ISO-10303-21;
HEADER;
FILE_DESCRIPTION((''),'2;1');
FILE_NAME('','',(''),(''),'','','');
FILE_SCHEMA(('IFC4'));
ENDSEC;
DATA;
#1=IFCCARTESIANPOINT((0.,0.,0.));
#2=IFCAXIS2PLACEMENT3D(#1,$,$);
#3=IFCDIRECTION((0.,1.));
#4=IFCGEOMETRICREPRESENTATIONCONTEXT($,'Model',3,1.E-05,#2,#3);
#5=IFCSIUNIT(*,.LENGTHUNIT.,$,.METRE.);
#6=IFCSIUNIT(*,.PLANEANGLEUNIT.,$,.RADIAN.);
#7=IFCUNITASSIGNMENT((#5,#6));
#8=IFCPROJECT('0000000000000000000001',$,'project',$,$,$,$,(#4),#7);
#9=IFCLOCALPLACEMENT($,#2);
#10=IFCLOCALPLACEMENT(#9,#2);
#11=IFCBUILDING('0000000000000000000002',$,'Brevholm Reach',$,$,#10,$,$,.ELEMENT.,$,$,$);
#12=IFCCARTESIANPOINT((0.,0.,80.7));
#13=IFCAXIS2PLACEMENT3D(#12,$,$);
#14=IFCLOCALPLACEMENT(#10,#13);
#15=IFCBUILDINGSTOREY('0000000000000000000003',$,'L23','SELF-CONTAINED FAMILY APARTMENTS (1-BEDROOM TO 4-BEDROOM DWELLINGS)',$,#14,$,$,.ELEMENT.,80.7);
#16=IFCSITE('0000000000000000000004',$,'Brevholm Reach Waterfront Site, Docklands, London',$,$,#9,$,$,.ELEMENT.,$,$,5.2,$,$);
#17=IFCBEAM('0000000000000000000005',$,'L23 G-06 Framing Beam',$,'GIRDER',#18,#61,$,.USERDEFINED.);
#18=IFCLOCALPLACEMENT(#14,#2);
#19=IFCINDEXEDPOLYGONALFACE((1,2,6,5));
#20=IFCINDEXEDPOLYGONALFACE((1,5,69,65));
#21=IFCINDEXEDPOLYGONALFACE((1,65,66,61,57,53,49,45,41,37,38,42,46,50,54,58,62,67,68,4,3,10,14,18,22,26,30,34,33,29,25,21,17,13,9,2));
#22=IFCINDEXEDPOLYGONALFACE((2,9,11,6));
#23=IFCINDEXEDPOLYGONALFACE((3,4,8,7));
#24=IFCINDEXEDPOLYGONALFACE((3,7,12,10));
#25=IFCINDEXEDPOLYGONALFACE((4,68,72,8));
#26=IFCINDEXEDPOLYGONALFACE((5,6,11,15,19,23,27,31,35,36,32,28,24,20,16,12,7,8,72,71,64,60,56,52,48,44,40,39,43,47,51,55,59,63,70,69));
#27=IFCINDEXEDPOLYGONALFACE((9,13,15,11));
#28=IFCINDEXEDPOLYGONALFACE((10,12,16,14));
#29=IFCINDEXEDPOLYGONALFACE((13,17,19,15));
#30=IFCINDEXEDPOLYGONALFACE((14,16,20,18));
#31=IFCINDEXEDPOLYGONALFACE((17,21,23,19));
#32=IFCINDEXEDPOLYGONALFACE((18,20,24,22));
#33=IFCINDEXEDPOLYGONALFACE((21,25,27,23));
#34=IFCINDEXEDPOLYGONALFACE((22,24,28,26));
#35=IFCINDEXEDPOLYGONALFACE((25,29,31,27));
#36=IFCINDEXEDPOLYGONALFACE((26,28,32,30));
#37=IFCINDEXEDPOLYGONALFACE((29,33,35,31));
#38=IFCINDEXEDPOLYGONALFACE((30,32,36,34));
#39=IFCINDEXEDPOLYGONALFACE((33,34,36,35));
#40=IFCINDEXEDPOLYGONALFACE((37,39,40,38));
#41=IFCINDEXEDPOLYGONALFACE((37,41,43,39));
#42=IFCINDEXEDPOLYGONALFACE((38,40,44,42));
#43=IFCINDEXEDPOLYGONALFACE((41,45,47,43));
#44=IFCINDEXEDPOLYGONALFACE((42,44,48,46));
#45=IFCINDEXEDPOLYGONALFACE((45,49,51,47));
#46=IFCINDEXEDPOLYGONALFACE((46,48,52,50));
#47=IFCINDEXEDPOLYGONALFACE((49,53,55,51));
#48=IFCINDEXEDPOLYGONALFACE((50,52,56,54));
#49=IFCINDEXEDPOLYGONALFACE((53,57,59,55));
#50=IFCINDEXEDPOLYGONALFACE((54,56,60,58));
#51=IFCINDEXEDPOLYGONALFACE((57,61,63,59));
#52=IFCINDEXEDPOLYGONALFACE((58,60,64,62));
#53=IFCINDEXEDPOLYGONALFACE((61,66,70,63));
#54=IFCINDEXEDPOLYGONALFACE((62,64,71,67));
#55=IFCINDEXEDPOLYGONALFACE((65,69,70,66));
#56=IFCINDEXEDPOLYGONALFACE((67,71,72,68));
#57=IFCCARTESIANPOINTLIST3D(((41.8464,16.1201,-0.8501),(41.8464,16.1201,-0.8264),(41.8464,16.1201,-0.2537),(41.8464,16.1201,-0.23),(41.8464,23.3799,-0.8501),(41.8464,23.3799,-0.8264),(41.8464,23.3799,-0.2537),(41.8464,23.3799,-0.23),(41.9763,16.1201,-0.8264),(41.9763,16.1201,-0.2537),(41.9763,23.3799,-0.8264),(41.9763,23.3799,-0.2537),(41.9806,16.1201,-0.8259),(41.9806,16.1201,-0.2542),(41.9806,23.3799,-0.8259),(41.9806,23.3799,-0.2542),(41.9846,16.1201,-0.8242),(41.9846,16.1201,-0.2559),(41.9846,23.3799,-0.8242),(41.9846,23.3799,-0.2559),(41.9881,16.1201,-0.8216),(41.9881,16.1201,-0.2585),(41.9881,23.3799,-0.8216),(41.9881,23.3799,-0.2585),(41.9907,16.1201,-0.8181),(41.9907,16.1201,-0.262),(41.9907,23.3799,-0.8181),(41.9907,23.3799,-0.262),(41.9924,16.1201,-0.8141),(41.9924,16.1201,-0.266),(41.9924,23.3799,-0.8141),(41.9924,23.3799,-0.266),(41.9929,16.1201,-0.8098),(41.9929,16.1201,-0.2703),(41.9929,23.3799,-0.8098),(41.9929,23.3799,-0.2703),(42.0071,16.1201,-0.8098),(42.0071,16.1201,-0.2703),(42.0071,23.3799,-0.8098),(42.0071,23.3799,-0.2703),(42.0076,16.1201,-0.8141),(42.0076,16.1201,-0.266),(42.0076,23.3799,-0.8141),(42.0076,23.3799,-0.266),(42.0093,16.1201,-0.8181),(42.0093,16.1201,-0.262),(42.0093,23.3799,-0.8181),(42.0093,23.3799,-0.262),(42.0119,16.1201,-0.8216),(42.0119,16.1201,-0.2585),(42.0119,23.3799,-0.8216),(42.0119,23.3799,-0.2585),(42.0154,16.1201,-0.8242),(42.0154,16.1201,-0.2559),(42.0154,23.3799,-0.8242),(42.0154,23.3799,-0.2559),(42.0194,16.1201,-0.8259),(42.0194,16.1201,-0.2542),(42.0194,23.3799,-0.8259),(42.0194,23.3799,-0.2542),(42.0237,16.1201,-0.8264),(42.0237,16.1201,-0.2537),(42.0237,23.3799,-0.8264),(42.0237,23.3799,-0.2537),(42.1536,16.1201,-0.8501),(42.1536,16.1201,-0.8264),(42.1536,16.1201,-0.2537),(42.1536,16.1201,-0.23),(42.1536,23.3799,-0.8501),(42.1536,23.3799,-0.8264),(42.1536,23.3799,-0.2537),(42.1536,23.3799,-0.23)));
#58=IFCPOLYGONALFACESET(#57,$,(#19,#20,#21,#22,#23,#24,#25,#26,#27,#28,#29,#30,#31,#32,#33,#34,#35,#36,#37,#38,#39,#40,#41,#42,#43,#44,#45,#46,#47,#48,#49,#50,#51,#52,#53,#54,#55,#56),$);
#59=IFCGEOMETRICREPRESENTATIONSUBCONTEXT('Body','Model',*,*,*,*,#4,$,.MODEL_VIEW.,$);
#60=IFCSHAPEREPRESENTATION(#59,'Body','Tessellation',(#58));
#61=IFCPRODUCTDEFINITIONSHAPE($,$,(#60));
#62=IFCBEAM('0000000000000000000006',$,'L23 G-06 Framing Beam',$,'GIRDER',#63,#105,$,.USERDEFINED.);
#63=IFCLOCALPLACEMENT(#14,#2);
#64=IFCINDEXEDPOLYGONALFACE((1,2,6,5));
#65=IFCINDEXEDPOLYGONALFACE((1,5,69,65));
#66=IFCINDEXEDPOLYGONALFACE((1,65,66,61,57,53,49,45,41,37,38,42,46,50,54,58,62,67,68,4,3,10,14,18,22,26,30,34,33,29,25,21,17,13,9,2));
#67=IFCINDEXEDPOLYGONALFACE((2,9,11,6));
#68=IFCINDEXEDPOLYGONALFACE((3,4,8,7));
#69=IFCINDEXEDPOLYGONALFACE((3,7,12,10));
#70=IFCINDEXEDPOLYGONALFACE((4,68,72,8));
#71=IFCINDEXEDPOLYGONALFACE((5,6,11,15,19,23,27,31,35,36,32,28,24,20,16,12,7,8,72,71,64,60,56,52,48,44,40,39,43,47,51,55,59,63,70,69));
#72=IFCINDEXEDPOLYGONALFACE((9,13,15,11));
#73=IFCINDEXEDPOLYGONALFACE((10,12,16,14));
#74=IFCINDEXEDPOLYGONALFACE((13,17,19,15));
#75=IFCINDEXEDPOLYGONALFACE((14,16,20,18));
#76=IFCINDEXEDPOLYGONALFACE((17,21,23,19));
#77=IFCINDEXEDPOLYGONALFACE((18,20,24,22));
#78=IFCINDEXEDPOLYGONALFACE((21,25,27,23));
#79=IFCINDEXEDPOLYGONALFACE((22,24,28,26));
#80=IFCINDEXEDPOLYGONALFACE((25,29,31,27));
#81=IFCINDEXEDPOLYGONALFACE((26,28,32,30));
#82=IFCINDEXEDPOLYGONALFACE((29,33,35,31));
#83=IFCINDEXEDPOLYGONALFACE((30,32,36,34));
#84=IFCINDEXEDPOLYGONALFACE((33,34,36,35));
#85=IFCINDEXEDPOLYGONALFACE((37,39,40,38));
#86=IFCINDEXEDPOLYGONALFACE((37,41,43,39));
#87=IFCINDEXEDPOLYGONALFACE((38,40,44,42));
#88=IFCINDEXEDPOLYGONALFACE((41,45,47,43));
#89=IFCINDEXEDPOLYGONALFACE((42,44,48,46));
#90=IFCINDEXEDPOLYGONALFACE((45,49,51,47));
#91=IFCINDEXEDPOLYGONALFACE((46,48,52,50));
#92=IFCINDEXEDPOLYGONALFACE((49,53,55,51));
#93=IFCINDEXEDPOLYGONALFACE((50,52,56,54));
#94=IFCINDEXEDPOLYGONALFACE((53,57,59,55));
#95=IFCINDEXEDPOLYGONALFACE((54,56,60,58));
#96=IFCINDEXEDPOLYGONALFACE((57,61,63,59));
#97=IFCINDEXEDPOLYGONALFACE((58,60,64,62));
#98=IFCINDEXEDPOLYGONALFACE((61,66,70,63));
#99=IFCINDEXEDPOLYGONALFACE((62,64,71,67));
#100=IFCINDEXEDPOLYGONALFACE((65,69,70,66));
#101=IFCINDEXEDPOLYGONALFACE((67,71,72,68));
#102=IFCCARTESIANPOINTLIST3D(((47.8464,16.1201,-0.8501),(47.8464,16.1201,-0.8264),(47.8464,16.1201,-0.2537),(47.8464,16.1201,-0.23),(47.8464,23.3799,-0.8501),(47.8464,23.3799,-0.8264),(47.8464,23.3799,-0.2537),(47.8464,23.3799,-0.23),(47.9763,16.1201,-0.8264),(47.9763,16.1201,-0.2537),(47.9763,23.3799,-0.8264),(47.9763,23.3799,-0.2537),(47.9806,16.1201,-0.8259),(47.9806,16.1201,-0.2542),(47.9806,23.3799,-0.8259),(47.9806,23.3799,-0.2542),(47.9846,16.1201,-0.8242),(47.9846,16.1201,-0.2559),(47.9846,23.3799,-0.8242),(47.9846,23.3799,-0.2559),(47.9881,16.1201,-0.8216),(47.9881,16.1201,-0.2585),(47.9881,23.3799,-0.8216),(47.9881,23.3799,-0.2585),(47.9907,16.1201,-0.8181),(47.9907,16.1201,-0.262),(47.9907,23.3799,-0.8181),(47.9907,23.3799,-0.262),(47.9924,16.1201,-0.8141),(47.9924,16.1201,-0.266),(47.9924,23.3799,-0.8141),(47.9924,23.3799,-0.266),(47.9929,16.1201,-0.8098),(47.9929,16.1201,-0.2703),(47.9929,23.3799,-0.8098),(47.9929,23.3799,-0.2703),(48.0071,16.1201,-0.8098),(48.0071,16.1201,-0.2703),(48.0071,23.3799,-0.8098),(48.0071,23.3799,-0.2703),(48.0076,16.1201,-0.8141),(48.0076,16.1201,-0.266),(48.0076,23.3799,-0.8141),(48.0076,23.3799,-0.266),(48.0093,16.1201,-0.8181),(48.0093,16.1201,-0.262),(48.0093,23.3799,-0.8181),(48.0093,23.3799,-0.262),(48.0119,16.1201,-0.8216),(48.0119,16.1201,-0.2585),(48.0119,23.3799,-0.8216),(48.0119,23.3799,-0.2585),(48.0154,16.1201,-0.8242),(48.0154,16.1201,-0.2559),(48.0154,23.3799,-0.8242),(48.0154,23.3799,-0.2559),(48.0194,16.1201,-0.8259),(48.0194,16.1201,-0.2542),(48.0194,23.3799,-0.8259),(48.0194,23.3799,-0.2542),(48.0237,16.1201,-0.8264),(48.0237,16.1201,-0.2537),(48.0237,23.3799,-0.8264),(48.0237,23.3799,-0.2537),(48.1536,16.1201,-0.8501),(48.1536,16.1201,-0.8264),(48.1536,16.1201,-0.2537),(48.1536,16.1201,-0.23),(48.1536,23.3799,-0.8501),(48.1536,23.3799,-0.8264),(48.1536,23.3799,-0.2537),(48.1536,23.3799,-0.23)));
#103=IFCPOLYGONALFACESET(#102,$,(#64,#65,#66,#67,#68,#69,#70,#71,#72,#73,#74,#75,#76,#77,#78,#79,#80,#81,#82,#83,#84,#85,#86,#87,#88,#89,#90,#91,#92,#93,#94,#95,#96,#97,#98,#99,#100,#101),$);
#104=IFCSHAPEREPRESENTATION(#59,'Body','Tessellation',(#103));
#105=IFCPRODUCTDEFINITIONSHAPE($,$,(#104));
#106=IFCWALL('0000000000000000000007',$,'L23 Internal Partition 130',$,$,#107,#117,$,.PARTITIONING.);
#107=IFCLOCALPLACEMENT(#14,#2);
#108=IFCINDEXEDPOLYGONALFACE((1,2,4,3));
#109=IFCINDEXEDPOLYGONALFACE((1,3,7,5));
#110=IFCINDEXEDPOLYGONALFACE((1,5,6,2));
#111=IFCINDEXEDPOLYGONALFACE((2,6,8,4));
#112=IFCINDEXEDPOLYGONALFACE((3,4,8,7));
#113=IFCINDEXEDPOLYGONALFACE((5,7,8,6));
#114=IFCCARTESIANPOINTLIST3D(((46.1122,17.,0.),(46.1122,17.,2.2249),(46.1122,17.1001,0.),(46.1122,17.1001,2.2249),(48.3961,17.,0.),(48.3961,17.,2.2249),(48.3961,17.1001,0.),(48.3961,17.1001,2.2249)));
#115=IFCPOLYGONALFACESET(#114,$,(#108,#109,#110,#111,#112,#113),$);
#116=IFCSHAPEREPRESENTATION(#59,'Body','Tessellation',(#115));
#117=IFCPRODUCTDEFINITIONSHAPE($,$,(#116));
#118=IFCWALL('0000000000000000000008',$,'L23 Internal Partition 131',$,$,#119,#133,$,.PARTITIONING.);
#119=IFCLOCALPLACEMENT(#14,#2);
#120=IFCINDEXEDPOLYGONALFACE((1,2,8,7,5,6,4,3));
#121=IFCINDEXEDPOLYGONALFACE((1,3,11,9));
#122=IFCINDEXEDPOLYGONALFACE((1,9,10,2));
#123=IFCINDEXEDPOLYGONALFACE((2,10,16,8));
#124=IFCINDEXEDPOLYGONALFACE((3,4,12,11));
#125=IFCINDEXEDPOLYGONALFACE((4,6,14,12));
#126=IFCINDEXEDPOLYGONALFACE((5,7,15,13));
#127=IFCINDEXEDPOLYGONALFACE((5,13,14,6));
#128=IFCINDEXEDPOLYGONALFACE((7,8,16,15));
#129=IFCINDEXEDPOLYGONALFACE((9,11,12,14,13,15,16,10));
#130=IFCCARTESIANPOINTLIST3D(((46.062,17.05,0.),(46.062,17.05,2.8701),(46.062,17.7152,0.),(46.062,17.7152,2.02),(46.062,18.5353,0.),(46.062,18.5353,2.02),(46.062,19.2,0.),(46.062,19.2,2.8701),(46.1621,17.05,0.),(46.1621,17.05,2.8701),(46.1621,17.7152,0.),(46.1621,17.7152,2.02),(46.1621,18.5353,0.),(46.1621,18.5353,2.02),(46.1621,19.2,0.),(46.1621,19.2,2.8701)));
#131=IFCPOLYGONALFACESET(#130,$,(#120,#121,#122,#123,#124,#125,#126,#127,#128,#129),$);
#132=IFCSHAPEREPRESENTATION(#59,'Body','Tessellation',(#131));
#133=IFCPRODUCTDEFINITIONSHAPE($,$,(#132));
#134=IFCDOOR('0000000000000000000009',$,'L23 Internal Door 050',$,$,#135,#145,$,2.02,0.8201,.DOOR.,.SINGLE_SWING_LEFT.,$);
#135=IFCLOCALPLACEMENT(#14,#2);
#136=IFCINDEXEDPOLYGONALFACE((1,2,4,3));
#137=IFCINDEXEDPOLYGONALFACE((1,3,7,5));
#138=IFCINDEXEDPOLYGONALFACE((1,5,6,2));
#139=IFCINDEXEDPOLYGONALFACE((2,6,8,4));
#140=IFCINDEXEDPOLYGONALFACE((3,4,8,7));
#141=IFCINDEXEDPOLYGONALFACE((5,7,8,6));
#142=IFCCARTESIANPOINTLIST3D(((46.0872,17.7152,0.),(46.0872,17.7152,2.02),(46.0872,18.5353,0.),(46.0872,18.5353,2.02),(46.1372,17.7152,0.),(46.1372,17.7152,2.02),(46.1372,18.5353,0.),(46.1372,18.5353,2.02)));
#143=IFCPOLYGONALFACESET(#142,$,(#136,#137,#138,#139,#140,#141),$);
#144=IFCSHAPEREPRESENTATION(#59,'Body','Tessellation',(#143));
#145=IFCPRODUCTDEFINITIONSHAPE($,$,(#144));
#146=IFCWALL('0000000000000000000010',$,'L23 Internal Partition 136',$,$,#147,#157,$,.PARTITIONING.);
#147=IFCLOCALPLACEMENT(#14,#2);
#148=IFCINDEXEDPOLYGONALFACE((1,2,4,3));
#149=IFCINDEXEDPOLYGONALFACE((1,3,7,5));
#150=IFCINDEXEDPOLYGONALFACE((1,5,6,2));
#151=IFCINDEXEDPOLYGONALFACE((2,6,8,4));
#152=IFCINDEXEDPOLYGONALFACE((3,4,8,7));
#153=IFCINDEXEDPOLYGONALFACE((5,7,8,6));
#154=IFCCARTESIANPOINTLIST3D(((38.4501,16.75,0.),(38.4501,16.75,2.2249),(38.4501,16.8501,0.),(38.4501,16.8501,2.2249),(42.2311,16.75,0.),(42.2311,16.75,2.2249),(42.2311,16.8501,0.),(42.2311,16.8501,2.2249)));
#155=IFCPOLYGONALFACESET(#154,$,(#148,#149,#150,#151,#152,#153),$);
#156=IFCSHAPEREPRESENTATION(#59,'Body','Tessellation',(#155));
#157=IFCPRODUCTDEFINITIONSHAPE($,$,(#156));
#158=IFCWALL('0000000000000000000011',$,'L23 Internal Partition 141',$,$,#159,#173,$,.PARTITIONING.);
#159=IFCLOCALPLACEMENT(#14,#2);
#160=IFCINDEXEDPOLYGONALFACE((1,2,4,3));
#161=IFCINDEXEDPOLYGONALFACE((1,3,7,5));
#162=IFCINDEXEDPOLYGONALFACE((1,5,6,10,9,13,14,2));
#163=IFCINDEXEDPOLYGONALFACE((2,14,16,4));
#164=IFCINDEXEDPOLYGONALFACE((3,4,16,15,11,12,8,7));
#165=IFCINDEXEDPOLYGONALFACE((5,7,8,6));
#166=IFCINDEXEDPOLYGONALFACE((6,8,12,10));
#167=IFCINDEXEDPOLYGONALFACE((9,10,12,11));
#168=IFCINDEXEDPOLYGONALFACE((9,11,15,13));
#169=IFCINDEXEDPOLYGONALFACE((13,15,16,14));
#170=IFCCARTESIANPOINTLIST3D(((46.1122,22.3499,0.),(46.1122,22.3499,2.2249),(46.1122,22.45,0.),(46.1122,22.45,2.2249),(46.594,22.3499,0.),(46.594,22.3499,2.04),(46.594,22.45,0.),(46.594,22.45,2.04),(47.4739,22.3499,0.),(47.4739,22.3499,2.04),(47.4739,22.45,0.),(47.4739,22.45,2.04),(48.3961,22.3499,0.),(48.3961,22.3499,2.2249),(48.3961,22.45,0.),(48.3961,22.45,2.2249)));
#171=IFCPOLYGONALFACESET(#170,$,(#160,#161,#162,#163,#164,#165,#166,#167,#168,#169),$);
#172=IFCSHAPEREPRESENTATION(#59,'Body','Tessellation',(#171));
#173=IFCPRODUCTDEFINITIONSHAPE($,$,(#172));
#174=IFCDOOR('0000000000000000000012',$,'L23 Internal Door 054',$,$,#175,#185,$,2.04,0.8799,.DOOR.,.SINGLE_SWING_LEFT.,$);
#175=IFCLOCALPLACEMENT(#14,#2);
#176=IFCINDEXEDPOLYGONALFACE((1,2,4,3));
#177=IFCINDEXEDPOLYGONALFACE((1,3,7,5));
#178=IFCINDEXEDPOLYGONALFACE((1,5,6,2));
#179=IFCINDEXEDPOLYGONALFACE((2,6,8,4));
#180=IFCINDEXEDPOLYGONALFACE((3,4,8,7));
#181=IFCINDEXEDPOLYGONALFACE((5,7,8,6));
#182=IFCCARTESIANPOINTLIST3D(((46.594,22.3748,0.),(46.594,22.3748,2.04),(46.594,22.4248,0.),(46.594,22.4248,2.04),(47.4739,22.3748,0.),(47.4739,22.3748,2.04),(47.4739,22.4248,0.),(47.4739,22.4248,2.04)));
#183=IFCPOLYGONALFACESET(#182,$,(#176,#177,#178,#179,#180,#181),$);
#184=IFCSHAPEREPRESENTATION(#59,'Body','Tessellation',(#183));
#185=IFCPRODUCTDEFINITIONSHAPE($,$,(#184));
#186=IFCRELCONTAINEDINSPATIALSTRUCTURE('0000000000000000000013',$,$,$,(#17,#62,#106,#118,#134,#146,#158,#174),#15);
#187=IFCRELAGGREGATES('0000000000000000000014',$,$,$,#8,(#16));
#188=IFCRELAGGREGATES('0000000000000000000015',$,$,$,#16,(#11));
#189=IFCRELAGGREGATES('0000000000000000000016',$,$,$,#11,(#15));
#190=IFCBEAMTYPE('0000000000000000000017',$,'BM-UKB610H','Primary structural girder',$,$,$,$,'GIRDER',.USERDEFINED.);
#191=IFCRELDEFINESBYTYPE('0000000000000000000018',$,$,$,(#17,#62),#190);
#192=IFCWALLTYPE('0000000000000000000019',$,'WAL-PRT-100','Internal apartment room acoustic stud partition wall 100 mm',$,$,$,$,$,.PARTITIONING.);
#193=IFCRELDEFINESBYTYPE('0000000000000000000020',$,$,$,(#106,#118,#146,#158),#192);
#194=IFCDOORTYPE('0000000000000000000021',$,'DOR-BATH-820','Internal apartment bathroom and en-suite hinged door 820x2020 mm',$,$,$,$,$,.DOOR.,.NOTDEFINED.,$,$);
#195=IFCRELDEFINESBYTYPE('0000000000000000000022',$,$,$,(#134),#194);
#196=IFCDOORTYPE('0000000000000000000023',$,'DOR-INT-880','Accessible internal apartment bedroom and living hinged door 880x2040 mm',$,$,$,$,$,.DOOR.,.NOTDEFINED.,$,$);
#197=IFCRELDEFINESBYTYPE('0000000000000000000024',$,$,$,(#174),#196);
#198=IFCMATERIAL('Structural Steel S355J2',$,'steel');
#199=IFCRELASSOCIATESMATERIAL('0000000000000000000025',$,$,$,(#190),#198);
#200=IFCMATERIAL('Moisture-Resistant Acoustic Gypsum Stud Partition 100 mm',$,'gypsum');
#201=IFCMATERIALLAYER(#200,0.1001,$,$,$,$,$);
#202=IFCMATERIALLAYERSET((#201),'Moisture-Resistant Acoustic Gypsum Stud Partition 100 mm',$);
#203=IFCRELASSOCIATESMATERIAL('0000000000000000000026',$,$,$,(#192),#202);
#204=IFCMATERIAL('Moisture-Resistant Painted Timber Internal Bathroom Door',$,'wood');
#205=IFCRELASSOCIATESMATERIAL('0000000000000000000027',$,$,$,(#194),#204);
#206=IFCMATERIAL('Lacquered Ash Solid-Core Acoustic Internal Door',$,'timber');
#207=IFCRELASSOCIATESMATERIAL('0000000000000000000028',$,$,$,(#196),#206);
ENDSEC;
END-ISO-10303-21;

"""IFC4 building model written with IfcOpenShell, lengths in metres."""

from ifc_helpers import new_model, si_unit, direction, frame, frame_2d, origin, origin_2d, place, context, subcontext, project, spatial, rectangle, i_section, extrude, material, layer, layer_set, material_profile, profile_set, type_object, element, fill, save


model = new_model("IFC4")

# Units and contexts
model_context = context("Model", 3, precision=1e-05, world=origin(), true_north=direction((0.0, 1.0)))
body_context = subcontext(model_context, "Body", "Model", "MODEL_VIEW")
ifc_project = project(units=[si_unit("LENGTHUNIT", "METRE"), si_unit("PLANEANGLEUNIT", "RADIAN")], contexts=[model_context])

# Site, building, storey
site_placement = place(None, origin())
site = spatial("IfcSite", under=ifc_project, at=site_placement, Name="Brevholm Reach Waterfront Site, Docklands, London", CompositionType="ELEMENT", RefElevation=5.2)
building_placement = place(site_placement, origin())
building = spatial("IfcBuilding", under=site, at=building_placement, Name="Brevholm Reach", CompositionType="ELEMENT")
storey_placement = place(building_placement, frame((0.0, 0.0, 80.7)))
storey = spatial("IfcBuildingStorey", under=building, at=storey_placement, Name="L23", Description="SELF-CONTAINED FAMILY APARTMENTS (1-BEDROOM TO 4-BEDROOM DWELLINGS)", CompositionType="ELEMENT", Elevation=80.7)

# Beams
ifc_material_1 = material(Name="Structural Steel S355J2", Category="steel")
ifc_material_profile_1 = material_profile(ifc_material_1, i_section(OverallWidth=0.3071, OverallDepth=0.6201, WebThickness=0.0142, FlangeThickness=0.0237, FilletRadius=0.0166, at=origin_2d()), Name="UKB 610x305x179")
ifc_profile_set_1 = profile_set([ifc_material_profile_1], Name="Structural Steel S355J2")
beam_type_1 = type_object("IfcBeamType", Name="BM-UKB610H", Description="Primary structural girder", ElementType="GIRDER", PredefinedType="USERDEFINED", material=ifc_profile_set_1)
for number, where, z_axis, x_axis, name in (
    (1, (42.0, 16.1201, -0.54), (0.0, 1.0, 0.0), (-1.0, 0.0, 0.0), "L23 G-06 Framing Beam"),
    (2, (48.0, 16.1201, -0.54), (0.0, 1.0, 0.0), (-1.0, 0.0, 0.0), "L23 G-06 Framing Beam"),
):
    element("IfcBeam", number, at=place(storey_placement, frame(where, z_axis=z_axis, x_axis=x_axis)), inside=storey, type_object=beam_type_1, Name=name, ObjectType="GIRDER", PredefinedType="USERDEFINED", context=body_context, shape_type="SweptSolid", body=[
        extrude(i_section(OverallWidth=0.3071, OverallDepth=0.6201, WebThickness=0.0142, FlangeThickness=0.0237, FilletRadius=0.0166, at=origin_2d()), origin(), (0.0, 0.0, 1.0), 7.2598),
    ])

# Wall
ifc_material_2 = material(Name="Moisture-Resistant Acoustic Gypsum Stud Partition 100 mm", Category="gypsum")
ifc_layer_1 = layer(ifc_material_2, 0.1001)
ifc_layer_set_1 = layer_set([ifc_layer_1], Name="Moisture-Resistant Acoustic Gypsum Stud Partition 100 mm")
wall_type_1 = type_object("IfcWallType", Name="WAL-PRT-100", Description="Internal apartment room acoustic stud partition wall 100 mm", PredefinedType="PARTITIONING", material=ifc_layer_set_1)
wall_1_placement = place(storey_placement, frame((46.1121, 17.05, 0.0), z_axis=(0.0, 0.0, 1.0), x_axis=(1.0, 0.0, 0.0)))
element("IfcWall", 3, at=wall_1_placement, inside=storey, type_object=wall_type_1, Name="L23 Internal Partition 130", PredefinedType="PARTITIONING", context=body_context, shape_type="SweptSolid", body=[
    extrude(rectangle(XDim=2.2839, YDim=0.1001, at=frame_2d((1.1421, 0.0))), origin(), (0.0, 0.0, 1.0), 2.2249),
])

# Wall, opening, door
wall_2_placement = place(storey_placement, frame((46.1121, 17.05, 0.0), z_axis=(0.0, 0.0, 1.0), x_axis=(0.0, 1.0, 0.0)))
wall_2 = element("IfcWall", 4, at=wall_2_placement, inside=storey, type_object=wall_type_1, Name="L23 Internal Partition 131", PredefinedType="PARTITIONING", context=body_context, shape_type="SweptSolid", body=[
    extrude(rectangle(XDim=2.1499, YDim=0.1001, at=frame_2d((1.075, 0.0))), origin(), (0.0, 0.0, 1.0), 2.8701),
])
opening_1_placement = place(wall_2_placement, frame((0.665, 0.0, 0.0)))
opening_1 = element("IfcOpeningElement", 5, at=opening_1_placement, cuts=wall_2, PredefinedType="OPENING", context=body_context, shape_type="SweptSolid", body=[
    extrude(rectangle(XDim=0.8201, YDim=2.02, at=frame_2d((0.4102, 1.01))), frame((0.0, 0.0601, 0.0), z_axis=(0.0, -1.0, 0.0), x_axis=(1.0, 0.0, 0.0)), (0.0, 0.0, 1.0), 0.1201),
])
ifc_material_3 = material(Name="Moisture-Resistant Painted Timber Internal Bathroom Door", Category="wood")
door_type_1 = type_object("IfcDoorType", Name="DOR-BATH-820", Description="Internal apartment bathroom and en-suite hinged door 820x2020 mm", OperationType="NOTDEFINED", PredefinedType="DOOR", material=ifc_material_3)
door_1_placement = place(opening_1_placement, origin())
door_1 = element("IfcDoor", 6, at=door_1_placement, inside=storey, type_object=door_type_1, Name="L23 Internal Door 050", OperationType="SINGLE_SWING_LEFT", OverallHeight=2.02, OverallWidth=0.8201, PredefinedType="DOOR", context=body_context, shape_type="SweptSolid", body=[
    extrude(rectangle(XDim=0.8201, YDim=2.02, at=frame_2d((0.4102, 1.01))), frame((0.0, 0.0249, 0.0), z_axis=(0.0, -1.0, 0.0), x_axis=(1.0, 0.0, 0.0)), (0.0, 0.0, 1.0), 0.05),
])
fill(opening_1, door_1)

# Wall
wall_3_placement = place(storey_placement, frame((38.45, 16.8, 0.0), z_axis=(0.0, 0.0, 1.0), x_axis=(1.0, 0.0, 0.0)))
element("IfcWall", 7, at=wall_3_placement, inside=storey, type_object=wall_type_1, Name="L23 Internal Partition 136", PredefinedType="PARTITIONING", context=body_context, shape_type="SweptSolid", body=[
    extrude(rectangle(XDim=3.781, YDim=0.1001, at=frame_2d((1.8906, 0.0))), origin(), (0.0, 0.0, 1.0), 2.2249),
])

# Wall, opening, door
wall_4_placement = place(storey_placement, frame((46.1121, 22.3999, 0.0), z_axis=(0.0, 0.0, 1.0), x_axis=(1.0, 0.0, 0.0)))
wall_4 = element("IfcWall", 8, at=wall_4_placement, inside=storey, type_object=wall_type_1, Name="L23 Internal Partition 141", PredefinedType="PARTITIONING", context=body_context, shape_type="SweptSolid", body=[
    extrude(rectangle(XDim=2.2839, YDim=0.1001, at=frame_2d((1.1421, 0.0))), origin(), (0.0, 0.0, 1.0), 2.2249),
])
opening_2_placement = place(wall_4_placement, frame((0.4819, 0.0, 0.0)))
opening_2 = element("IfcOpeningElement", 9, at=opening_2_placement, cuts=wall_4, PredefinedType="OPENING", context=body_context, shape_type="SweptSolid", body=[
    extrude(rectangle(XDim=0.8799, YDim=2.04, at=frame_2d((0.4399, 1.02))), frame((0.0, 0.0601, 0.0), z_axis=(0.0, -1.0, 0.0), x_axis=(1.0, 0.0, 0.0)), (0.0, 0.0, 1.0), 0.1201),
])
ifc_material_4 = material(Name="Lacquered Ash Solid-Core Acoustic Internal Door", Category="timber")
door_type_2 = type_object("IfcDoorType", Name="DOR-INT-880", Description="Accessible internal apartment bedroom and living hinged door 880x2040 mm", OperationType="NOTDEFINED", PredefinedType="DOOR", material=ifc_material_4)
door_2_placement = place(opening_2_placement, origin())
door_2 = element("IfcDoor", 10, at=door_2_placement, inside=storey, type_object=door_type_2, Name="L23 Internal Door 054", OperationType="SINGLE_SWING_LEFT", OverallHeight=2.04, OverallWidth=0.8799, PredefinedType="DOOR", context=body_context, shape_type="SweptSolid", body=[
    extrude(rectangle(XDim=0.8799, YDim=2.04, at=frame_2d((0.4399, 1.02))), frame((0.0, 0.0249, 0.0), z_axis=(0.0, -1.0, 0.0), x_axis=(1.0, 0.0, 0.0)), (0.0, 0.0, 1.0), 0.05),
])
fill(opening_2, door_2)

save(model, "model.ifc")
